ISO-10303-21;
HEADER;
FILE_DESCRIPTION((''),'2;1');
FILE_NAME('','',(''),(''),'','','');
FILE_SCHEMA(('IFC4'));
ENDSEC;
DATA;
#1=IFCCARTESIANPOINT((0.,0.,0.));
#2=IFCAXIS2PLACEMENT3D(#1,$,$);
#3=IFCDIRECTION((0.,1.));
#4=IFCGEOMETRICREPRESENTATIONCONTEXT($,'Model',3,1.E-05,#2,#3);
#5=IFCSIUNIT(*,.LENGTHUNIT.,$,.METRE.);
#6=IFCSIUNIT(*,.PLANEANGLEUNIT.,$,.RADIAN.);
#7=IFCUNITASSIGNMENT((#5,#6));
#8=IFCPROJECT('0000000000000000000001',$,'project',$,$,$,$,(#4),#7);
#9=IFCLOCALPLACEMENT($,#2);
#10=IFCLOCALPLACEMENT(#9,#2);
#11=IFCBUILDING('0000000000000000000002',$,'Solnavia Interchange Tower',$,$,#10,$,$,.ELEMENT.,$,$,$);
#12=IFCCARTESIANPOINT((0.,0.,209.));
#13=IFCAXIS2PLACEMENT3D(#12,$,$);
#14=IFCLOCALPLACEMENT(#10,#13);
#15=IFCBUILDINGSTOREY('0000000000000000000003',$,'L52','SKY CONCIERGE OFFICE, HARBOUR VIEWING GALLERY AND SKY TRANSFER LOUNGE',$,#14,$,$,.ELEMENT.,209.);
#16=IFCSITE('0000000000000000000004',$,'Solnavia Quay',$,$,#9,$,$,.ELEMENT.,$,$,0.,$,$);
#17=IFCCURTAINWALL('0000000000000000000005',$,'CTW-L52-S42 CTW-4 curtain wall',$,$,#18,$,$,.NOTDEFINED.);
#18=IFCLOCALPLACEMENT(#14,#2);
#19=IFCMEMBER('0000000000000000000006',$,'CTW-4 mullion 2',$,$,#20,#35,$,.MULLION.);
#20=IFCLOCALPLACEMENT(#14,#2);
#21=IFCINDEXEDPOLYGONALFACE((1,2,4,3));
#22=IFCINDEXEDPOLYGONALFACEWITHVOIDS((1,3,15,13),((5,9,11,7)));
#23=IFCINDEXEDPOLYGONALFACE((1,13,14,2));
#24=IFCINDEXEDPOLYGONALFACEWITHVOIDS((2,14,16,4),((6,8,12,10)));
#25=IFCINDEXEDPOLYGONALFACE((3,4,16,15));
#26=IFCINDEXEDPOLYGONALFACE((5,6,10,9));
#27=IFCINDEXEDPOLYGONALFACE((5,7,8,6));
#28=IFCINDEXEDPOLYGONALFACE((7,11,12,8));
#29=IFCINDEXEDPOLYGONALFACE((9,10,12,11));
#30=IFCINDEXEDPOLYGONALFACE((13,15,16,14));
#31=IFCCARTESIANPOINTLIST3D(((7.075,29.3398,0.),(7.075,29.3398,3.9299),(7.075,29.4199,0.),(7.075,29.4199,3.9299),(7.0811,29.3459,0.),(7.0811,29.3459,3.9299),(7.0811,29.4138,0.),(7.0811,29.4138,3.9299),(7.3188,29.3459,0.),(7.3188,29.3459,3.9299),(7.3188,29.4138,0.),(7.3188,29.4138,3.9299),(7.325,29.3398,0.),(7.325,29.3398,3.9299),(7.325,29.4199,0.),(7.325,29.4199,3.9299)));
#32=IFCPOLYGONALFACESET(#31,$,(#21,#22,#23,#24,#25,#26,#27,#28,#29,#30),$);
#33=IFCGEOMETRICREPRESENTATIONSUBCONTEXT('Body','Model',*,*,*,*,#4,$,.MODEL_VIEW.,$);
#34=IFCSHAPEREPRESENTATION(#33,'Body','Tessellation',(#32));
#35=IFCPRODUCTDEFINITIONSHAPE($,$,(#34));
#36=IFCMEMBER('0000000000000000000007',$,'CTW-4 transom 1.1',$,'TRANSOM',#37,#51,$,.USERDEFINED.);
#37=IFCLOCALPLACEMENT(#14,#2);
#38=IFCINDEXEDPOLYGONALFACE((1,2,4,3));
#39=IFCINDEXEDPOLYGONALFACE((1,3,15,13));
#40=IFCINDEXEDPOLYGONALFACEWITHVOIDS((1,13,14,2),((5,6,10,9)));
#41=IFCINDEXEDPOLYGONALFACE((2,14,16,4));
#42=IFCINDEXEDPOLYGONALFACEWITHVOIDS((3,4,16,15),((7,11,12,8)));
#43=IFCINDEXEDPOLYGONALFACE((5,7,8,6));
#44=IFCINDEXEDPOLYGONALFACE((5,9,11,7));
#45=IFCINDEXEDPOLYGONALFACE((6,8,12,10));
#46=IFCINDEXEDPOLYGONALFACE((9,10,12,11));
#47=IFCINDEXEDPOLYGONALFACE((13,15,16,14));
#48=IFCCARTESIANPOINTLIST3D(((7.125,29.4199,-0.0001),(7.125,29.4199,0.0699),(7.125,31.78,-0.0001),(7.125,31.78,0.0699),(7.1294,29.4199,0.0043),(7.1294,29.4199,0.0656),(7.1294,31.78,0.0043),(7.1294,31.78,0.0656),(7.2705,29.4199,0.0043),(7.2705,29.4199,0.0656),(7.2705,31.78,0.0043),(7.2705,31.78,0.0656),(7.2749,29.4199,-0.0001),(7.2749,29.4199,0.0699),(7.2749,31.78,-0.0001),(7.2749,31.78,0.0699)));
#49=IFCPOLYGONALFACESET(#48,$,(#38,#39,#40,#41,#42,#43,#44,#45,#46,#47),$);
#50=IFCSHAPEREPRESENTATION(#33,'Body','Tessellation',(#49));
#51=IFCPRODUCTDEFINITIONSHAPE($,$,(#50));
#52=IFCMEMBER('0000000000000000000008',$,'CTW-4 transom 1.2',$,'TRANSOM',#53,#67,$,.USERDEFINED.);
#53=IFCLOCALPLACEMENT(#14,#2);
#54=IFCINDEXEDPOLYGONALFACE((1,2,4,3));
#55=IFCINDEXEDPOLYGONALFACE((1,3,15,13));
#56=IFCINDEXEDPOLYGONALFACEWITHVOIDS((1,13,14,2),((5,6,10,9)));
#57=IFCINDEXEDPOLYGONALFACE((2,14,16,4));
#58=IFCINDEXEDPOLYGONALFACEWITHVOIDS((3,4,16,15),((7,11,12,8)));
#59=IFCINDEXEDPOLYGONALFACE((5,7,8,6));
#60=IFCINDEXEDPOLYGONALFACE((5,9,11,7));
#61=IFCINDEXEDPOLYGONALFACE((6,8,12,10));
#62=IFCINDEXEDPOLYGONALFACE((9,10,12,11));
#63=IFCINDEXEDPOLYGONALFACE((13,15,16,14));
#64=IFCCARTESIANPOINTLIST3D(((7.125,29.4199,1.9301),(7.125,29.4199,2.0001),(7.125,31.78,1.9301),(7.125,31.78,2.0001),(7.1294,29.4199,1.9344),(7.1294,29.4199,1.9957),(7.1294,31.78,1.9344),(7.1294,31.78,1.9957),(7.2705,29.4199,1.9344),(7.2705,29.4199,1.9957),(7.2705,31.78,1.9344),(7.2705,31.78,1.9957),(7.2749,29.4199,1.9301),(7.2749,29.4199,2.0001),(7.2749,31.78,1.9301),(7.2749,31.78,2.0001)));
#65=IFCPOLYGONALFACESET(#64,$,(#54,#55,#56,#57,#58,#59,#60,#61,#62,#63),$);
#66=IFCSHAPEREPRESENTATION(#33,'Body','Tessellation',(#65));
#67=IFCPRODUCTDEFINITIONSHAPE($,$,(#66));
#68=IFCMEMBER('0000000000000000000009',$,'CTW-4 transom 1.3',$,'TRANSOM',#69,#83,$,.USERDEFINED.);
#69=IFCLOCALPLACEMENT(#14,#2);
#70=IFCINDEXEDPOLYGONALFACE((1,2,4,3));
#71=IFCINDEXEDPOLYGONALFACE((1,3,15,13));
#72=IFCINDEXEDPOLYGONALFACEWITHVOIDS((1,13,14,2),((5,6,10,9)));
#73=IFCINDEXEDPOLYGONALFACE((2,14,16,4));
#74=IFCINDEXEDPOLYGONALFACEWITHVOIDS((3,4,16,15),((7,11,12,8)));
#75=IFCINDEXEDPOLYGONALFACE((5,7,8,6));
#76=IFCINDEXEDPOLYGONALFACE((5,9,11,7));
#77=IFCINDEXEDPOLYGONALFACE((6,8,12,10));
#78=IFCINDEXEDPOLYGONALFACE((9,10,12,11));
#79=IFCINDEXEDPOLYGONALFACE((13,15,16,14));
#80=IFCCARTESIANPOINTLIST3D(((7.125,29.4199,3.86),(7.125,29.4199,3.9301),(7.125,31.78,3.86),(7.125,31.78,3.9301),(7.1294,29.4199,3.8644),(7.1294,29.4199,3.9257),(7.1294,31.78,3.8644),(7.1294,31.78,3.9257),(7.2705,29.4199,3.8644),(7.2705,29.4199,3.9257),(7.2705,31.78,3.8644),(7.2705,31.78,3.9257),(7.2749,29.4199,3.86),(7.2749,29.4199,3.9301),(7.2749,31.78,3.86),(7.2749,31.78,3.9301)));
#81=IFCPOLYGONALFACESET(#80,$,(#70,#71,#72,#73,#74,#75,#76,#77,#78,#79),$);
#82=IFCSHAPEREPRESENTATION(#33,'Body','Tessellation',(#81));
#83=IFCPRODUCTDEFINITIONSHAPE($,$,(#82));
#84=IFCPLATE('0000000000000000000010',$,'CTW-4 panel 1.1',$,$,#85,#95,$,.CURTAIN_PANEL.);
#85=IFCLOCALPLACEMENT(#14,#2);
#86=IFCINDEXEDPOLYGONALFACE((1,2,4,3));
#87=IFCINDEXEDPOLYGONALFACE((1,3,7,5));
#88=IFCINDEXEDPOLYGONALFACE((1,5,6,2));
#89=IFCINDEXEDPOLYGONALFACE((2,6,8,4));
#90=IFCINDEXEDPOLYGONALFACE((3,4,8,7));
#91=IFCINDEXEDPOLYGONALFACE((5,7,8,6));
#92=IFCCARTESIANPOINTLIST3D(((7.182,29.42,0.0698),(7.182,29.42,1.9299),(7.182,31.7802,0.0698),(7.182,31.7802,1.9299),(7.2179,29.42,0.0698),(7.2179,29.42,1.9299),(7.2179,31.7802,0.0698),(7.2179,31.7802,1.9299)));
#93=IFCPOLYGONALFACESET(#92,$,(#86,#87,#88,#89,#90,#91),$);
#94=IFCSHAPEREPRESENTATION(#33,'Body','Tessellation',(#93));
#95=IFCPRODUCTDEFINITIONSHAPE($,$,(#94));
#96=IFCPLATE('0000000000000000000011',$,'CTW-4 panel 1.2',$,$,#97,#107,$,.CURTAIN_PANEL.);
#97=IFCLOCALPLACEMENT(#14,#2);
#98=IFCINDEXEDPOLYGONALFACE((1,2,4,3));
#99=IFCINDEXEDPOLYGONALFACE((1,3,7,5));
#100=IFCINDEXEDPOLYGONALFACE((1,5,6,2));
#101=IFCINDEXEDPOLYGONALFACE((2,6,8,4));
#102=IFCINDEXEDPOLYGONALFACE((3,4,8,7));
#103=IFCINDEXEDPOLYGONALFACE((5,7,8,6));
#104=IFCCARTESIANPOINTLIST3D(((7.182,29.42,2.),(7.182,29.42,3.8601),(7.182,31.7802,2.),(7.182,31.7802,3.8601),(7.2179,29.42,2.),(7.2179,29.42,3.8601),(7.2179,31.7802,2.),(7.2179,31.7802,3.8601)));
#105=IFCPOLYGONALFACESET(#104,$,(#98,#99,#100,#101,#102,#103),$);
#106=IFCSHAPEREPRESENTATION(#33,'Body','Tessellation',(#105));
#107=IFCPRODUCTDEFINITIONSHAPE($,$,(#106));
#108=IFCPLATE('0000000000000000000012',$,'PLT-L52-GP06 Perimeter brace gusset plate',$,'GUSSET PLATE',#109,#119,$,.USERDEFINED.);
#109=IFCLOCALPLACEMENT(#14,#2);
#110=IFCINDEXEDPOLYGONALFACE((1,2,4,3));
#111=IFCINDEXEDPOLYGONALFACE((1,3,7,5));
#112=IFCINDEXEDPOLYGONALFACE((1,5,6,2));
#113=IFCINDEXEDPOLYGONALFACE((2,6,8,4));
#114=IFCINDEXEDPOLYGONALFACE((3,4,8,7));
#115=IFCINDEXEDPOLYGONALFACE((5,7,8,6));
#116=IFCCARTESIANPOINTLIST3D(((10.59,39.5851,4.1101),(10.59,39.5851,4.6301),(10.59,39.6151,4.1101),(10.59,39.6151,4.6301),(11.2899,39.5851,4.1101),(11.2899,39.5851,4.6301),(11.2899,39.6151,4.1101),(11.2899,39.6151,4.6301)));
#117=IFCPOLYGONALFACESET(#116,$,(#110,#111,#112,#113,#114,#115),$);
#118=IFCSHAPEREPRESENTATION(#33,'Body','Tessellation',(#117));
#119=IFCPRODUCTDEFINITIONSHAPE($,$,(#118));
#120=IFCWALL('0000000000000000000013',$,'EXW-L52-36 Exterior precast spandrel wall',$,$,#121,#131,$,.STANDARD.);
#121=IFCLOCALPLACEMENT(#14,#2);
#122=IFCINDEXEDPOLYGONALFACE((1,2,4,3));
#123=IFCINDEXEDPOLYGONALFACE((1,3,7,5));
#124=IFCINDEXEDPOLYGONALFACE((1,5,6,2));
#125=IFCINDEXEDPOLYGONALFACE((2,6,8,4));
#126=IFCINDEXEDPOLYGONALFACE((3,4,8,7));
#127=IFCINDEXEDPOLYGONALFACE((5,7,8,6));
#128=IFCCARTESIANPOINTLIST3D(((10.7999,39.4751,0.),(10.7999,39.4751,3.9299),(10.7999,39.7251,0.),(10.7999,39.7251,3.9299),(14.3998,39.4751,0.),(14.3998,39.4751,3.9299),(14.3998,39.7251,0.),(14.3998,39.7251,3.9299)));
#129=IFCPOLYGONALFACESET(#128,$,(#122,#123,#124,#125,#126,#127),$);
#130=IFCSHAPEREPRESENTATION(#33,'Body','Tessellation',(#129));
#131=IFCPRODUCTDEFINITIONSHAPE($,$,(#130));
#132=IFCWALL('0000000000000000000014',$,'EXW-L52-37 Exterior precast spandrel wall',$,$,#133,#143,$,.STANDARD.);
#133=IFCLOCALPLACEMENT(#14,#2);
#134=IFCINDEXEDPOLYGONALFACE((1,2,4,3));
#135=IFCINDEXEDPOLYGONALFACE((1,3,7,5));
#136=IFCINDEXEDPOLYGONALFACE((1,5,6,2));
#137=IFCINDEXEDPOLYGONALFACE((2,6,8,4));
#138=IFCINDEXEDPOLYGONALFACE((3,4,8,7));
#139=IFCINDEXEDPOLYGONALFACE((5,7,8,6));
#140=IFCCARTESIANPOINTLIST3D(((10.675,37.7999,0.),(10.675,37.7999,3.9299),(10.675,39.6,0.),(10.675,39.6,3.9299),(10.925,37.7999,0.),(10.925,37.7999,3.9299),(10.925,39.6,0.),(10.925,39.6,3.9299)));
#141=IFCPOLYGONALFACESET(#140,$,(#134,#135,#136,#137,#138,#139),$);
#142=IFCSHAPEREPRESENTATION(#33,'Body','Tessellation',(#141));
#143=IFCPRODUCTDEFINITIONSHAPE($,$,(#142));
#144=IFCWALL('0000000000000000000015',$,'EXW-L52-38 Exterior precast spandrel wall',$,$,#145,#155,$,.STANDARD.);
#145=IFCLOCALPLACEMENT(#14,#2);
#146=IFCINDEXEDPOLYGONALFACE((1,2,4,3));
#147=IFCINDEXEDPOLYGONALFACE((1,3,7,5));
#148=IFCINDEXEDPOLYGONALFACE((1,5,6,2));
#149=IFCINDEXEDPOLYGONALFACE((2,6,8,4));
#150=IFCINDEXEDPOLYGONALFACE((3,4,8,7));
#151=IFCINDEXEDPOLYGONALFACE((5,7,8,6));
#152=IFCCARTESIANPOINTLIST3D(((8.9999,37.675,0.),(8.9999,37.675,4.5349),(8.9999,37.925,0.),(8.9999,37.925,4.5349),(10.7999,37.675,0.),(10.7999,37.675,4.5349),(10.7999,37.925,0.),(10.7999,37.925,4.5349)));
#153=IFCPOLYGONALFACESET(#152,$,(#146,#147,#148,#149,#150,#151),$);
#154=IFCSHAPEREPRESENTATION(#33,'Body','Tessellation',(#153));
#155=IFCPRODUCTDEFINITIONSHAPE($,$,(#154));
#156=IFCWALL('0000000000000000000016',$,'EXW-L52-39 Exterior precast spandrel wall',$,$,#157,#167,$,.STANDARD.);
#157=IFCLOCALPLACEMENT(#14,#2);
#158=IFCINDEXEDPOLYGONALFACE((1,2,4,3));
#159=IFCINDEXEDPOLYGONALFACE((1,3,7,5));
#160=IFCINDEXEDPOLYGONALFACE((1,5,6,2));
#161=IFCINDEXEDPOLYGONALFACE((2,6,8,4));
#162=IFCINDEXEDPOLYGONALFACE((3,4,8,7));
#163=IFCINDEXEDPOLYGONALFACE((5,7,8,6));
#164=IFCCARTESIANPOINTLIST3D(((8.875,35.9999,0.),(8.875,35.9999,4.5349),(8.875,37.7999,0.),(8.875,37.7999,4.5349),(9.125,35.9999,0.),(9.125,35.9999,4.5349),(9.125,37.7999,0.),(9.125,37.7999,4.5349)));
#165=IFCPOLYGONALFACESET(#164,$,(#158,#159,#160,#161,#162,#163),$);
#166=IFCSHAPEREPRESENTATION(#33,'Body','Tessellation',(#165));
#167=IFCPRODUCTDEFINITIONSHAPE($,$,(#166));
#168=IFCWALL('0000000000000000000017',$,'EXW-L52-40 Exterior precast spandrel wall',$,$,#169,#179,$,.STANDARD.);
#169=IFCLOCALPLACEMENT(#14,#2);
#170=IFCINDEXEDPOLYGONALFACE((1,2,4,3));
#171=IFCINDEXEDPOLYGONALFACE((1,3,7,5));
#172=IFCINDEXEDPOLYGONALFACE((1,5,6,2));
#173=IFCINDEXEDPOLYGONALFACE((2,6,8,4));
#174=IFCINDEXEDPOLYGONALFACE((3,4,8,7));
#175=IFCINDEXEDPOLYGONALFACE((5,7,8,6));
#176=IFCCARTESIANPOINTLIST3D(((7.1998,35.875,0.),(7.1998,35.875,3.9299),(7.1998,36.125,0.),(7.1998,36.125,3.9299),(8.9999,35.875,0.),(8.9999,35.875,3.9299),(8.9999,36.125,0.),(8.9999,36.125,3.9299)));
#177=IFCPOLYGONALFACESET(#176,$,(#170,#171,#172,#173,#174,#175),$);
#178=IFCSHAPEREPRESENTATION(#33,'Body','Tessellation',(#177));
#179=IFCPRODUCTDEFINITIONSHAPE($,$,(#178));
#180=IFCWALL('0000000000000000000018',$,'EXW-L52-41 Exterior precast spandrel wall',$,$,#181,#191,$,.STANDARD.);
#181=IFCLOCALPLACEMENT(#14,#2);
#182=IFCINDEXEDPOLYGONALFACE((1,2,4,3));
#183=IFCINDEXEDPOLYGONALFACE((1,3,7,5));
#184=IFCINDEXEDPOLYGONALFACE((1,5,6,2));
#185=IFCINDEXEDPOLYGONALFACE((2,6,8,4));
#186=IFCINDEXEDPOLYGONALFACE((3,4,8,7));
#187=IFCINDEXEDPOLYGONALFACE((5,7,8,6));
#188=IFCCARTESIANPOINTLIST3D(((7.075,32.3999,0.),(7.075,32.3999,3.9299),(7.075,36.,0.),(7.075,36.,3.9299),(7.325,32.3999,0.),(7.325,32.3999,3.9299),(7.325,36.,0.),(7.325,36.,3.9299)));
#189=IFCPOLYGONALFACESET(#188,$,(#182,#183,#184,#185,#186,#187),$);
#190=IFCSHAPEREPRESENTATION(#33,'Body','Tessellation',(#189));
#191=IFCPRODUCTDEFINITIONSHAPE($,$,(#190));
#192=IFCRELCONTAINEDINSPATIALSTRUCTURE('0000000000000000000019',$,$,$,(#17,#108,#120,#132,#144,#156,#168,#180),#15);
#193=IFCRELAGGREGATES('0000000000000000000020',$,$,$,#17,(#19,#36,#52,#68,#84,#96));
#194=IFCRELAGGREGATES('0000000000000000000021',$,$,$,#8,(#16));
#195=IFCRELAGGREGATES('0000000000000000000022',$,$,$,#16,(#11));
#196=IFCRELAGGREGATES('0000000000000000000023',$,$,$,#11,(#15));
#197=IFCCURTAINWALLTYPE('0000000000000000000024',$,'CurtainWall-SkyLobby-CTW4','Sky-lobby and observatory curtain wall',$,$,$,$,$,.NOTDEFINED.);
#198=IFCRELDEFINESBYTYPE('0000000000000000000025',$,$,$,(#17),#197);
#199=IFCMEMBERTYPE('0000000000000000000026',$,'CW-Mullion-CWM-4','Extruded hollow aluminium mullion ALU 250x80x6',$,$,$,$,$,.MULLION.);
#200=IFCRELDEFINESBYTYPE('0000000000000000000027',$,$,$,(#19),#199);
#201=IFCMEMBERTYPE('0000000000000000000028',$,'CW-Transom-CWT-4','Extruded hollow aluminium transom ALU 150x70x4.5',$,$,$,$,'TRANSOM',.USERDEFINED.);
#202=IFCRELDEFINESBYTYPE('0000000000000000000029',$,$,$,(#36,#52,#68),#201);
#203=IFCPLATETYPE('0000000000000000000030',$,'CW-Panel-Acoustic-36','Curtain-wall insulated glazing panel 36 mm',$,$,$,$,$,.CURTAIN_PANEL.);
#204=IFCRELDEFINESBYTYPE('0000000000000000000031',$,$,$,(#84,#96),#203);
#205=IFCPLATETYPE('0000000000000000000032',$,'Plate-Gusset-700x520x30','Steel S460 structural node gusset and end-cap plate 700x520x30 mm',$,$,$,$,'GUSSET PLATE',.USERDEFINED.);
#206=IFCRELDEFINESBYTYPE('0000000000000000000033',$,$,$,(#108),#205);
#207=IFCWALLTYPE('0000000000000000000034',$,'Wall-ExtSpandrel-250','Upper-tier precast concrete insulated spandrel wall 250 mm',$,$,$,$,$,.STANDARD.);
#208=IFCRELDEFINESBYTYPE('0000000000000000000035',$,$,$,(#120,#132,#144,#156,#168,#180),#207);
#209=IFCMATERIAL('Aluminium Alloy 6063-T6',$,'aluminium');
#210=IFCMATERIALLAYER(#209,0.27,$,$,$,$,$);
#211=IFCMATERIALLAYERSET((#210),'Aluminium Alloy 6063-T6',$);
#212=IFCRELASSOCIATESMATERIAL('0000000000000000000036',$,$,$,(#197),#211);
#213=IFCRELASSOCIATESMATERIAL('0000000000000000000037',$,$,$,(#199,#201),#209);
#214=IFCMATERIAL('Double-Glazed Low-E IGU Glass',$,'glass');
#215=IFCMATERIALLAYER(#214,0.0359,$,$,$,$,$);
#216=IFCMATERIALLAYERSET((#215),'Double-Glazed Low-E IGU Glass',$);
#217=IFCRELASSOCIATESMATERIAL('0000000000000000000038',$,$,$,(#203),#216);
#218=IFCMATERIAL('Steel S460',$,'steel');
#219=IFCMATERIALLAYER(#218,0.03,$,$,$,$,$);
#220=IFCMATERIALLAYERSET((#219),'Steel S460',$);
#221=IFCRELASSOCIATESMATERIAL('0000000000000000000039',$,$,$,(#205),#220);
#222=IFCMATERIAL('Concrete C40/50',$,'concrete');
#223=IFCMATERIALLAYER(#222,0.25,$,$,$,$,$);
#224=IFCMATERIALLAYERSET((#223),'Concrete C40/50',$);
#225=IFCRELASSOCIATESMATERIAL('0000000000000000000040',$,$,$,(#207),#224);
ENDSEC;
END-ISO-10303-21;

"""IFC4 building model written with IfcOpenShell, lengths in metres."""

from ifc_helpers import new_model, si_unit, direction, frame, frame_2d, origin, origin_2d, place, context, subcontext, project, spatial, rectangle, hollow_rectangle, extrude, material, layer, layer_set, material_profile, profile_set, type_object, element, aggregate, save


model = new_model("IFC4")

# Units and contexts
model_context = context("Model", 3, precision=1e-05, world=origin(), true_north=direction((0.0, 1.0)))
body_context = subcontext(model_context, "Body", "Model", "MODEL_VIEW")
ifc_project = project(units=[si_unit("LENGTHUNIT", "METRE"), si_unit("PLANEANGLEUNIT", "RADIAN")], contexts=[model_context])

# Site, building, storey
site_placement = place(None, origin())
site = spatial("IfcSite", under=ifc_project, at=site_placement, Name="Solnavia Quay", CompositionType="ELEMENT", RefElevation=0.0)
building_placement = place(site_placement, origin())
building = spatial("IfcBuilding", under=site, at=building_placement, Name="Solnavia Interchange Tower", CompositionType="ELEMENT")
storey_placement = place(building_placement, frame((0.0, 0.0, 209.0)))
storey = spatial("IfcBuildingStorey", under=building, at=storey_placement, Name="L52", Description="SKY CONCIERGE OFFICE, HARBOUR VIEWING GALLERY AND SKY TRANSFER LOUNGE", CompositionType="ELEMENT", Elevation=209.0)

# Shared definitions
ifc_material_1 = material(Name="Steel S460", Category="steel")

# Curtain wall, members, plates
ifc_material_2 = material(Name="Aluminium Alloy 6063-T6", Category="aluminium")
ifc_layer_1 = layer(ifc_material_2, 0.27)
ifc_layer_set_1 = layer_set([ifc_layer_1], Name="Aluminium Alloy 6063-T6")
curtain_wall_type = type_object("IfcCurtainWallType", Name="CurtainWall-SkyLobby-CTW4", Description="Sky-lobby and observatory curtain wall", PredefinedType="NOTDEFINED", material=ifc_layer_set_1)
curtain_wall_placement = place(storey_placement, origin())
curtain_wall = element("IfcCurtainWall", 1, at=curtain_wall_placement, inside=storey, type_object=curtain_wall_type, Name="CTW-L52-S42 CTW-4 curtain wall", PredefinedType="NOTDEFINED")
ifc_material_profile_1 = material_profile(ifc_material_2, hollow_rectangle(XDim=0.0801, YDim=0.25, WallThickness=0.0061, at=origin_2d()), Name="ALU 250x80x6")
ifc_profile_set_1 = profile_set([ifc_material_profile_1], Name="Aluminium Alloy 6063-T6")
member_type_1 = type_object("IfcMemberType", Name="CW-Mullion-CWM-4", Description="Extruded hollow aluminium mullion ALU 250x80x6", PredefinedType="MULLION", material=ifc_profile_set_1)
member_1_placement = place(storey_placement, frame((7.2, 29.3799, 0.0), z_axis=(0.0, 0.0, 1.0), x_axis=(0.0, -1.0, 0.0)))
member_1 = element("IfcMember", 2, at=member_1_placement, type_object=member_type_1, Name="CTW-4 mullion 2", PredefinedType="MULLION", context=body_context, shape_type="SweptSolid", body=[
    extrude(hollow_rectangle(XDim=0.0801, YDim=0.25, WallThickness=0.0061, at=origin_2d()), origin(), (0.0, 0.0, 1.0), 3.9299),
])
ifc_material_profile_2 = material_profile(ifc_material_2, hollow_rectangle(XDim=0.0701, YDim=0.1499, WallThickness=0.0044, at=origin_2d()), Name="ALU 150x70x4.5")
ifc_profile_set_2 = profile_set([ifc_material_profile_2], Name="Aluminium Alloy 6063-T6")
member_type_2 = type_object("IfcMemberType", Name="CW-Transom-CWT-4", Description="Extruded hollow aluminium transom ALU 150x70x4.5", ElementType="TRANSOM", PredefinedType="USERDEFINED", material=ifc_profile_set_2)
member_2_placement = place(storey_placement, frame((7.2, 31.78, 0.0349), z_axis=(0.0, -1.0, 0.0), x_axis=(0.0, 0.0, 1.0)))
member_2 = element("IfcMember", 3, at=member_2_placement, type_object=member_type_2, Name="CTW-4 transom 1.1", ObjectType="TRANSOM", PredefinedType="USERDEFINED", context=body_context, shape_type="SweptSolid", body=[
    extrude(hollow_rectangle(XDim=0.0701, YDim=0.1499, WallThickness=0.0044, at=origin_2d()), origin(), (0.0, 0.0, 1.0), 2.3601),
])
member_3_placement = place(storey_placement, frame((7.2, 31.78, 1.9651), z_axis=(0.0, -1.0, 0.0), x_axis=(0.0, 0.0, 1.0)))
member_3 = element("IfcMember", 4, at=member_3_placement, type_object=member_type_2, Name="CTW-4 transom 1.2", ObjectType="TRANSOM", PredefinedType="USERDEFINED", context=body_context, shape_type="SweptSolid", body=[
    extrude(hollow_rectangle(XDim=0.0701, YDim=0.1499, WallThickness=0.0044, at=origin_2d()), origin(), (0.0, 0.0, 1.0), 2.3601),
])
member_4_placement = place(storey_placement, frame((7.2, 31.78, 3.895), z_axis=(0.0, -1.0, 0.0), x_axis=(0.0, 0.0, 1.0)))
member_4 = element("IfcMember", 5, at=member_4_placement, type_object=member_type_2, Name="CTW-4 transom 1.3", ObjectType="TRANSOM", PredefinedType="USERDEFINED", context=body_context, shape_type="SweptSolid", body=[
    extrude(hollow_rectangle(XDim=0.0701, YDim=0.1499, WallThickness=0.0044, at=origin_2d()), origin(), (0.0, 0.0, 1.0), 2.3601),
])
ifc_material_3 = material(Name="Double-Glazed Low-E IGU Glass", Category="glass")
ifc_layer_2 = layer(ifc_material_3, 0.0359)
ifc_layer_set_2 = layer_set([ifc_layer_2], Name="Double-Glazed Low-E IGU Glass")
plate_type_1 = type_object("IfcPlateType", Name="CW-Panel-Acoustic-36", Description="Curtain-wall insulated glazing panel 36 mm", PredefinedType="CURTAIN_PANEL", material=ifc_layer_set_2)
plate_1_placement = place(storey_placement, frame((7.2, 30.6001, 0.0698), z_axis=(0.0, 0.0, 1.0), x_axis=(0.0, -1.0, 0.0)))
plate_1 = element("IfcPlate", 6, at=plate_1_placement, type_object=plate_type_1, Name="CTW-4 panel 1.1", PredefinedType="CURTAIN_PANEL", context=body_context, shape_type="SweptSolid", body=[
    extrude(rectangle(XDim=2.3601, YDim=0.0359, at=origin_2d()), origin(), (0.0, 0.0, 1.0), 1.8601),
])
plate_2_placement = place(storey_placement, frame((7.2, 30.6001, 2.0), z_axis=(0.0, 0.0, 1.0), x_axis=(0.0, -1.0, 0.0)))
plate_2 = element("IfcPlate", 7, at=plate_2_placement, type_object=plate_type_1, Name="CTW-4 panel 1.2", PredefinedType="CURTAIN_PANEL", context=body_context, shape_type="SweptSolid", body=[
    extrude(rectangle(XDim=2.3601, YDim=0.0359, at=origin_2d()), origin(), (0.0, 0.0, 1.0), 1.8601),
])
aggregate(curtain_wall, [member_1, member_2, member_3, member_4, plate_1, plate_2])

# Plate
ifc_layer_3 = layer(ifc_material_1, 0.03)
ifc_layer_set_3 = layer_set([ifc_layer_3], Name="Steel S460")
plate_type_2 = type_object("IfcPlateType", Name="Plate-Gusset-700x520x30", Description="Steel S460 structural node gusset and end-cap plate 700x520x30 mm", ElementType="GUSSET PLATE", PredefinedType="USERDEFINED", material=ifc_layer_set_3)
plate_3_placement = place(storey_placement, frame((10.9399, 39.6001, 4.1101), z_axis=(0.0, 0.0, 1.0), x_axis=(-1.0, 0.0, 0.0)))
element("IfcPlate", 8, at=plate_3_placement, inside=storey, type_object=plate_type_2, Name="PLT-L52-GP06 Perimeter brace gusset plate", ObjectType="GUSSET PLATE", PredefinedType="USERDEFINED", context=body_context, shape_type="SweptSolid", body=[
    extrude(rectangle(XDim=0.7, YDim=0.03, at=origin_2d()), origin(), (0.0, 0.0, 1.0), 0.52),
])

# Walls
ifc_material_4 = material(Name="Concrete C40/50", Category="concrete")
ifc_layer_4 = layer(ifc_material_4, 0.25)
ifc_layer_set_4 = layer_set([ifc_layer_4], Name="Concrete C40/50")
wall_type_1 = type_object("IfcWallType", Name="Wall-ExtSpandrel-250", Description="Upper-tier precast concrete insulated spandrel wall 250 mm", PredefinedType="STANDARD", material=ifc_layer_set_4)
wall_1_placement = place(storey_placement, frame((10.8, 39.6001, 0.0), z_axis=(0.0, 0.0, 1.0), x_axis=(1.0, 0.0, 0.0)))
element("IfcWall", 9, at=wall_1_placement, inside=storey, type_object=wall_type_1, Name="EXW-L52-36 Exterior precast spandrel wall", PredefinedType="STANDARD", context=body_context, shape_type="SweptSolid", body=[
    extrude(rectangle(XDim=3.5999, YDim=0.25, at=frame_2d((1.7998, 0.0))), origin(), (0.0, 0.0, 1.0), 3.9299),
])
wall_2_placement = place(storey_placement, frame((10.8, 37.8, 0.0), z_axis=(0.0, 0.0, 1.0), x_axis=(0.0, 1.0, 0.0)))
element("IfcWall", 10, at=wall_2_placement, inside=storey, type_object=wall_type_1, Name="EXW-L52-37 Exterior precast spandrel wall", PredefinedType="STANDARD", context=body_context, shape_type="SweptSolid", body=[
    extrude(rectangle(XDim=1.8, YDim=0.25, at=frame_2d((0.8999, 0.0))), origin(), (0.0, 0.0, 1.0), 3.9299),
])
for number, where, z_axis, x_axis, name in (
    (11, (9.0, 37.8, 0.0), (0.0, 0.0, 1.0), (1.0, 0.0, 0.0), "EXW-L52-38 Exterior precast spandrel wall"),
    (12, (9.0, 36.0, 0.0), (0.0, 0.0, 1.0), (0.0, 1.0, 0.0), "EXW-L52-39 Exterior precast spandrel wall"),
):
    element("IfcWall", number, at=place(storey_placement, frame(where, z_axis=z_axis, x_axis=x_axis)), inside=storey, type_object=wall_type_1, Name=name, PredefinedType="STANDARD", context=body_context, shape_type="SweptSolid", body=[
        extrude(rectangle(XDim=1.8, YDim=0.25, at=frame_2d((0.8999, 0.0))), origin(), (0.0, 0.0, 1.0), 4.5349),
    ])
wall_3_placement = place(storey_placement, frame((7.2, 36.0, 0.0), z_axis=(0.0, 0.0, 1.0), x_axis=(1.0, 0.0, 0.0)))
element("IfcWall", 13, at=wall_3_placement, inside=storey, type_object=wall_type_1, Name="EXW-L52-40 Exterior precast spandrel wall", PredefinedType="STANDARD", context=body_context, shape_type="SweptSolid", body=[
    extrude(rectangle(XDim=1.8, YDim=0.25, at=frame_2d((0.8999, 0.0))), origin(), (0.0, 0.0, 1.0), 3.9299),
])
wall_4_placement = place(storey_placement, frame((7.2, 32.3999, 0.0), z_axis=(0.0, 0.0, 1.0), x_axis=(0.0, 1.0, 0.0)))
element("IfcWall", 14, at=wall_4_placement, inside=storey, type_object=wall_type_1, Name="EXW-L52-41 Exterior precast spandrel wall", PredefinedType="STANDARD", context=body_context, shape_type="SweptSolid", body=[
    extrude(rectangle(XDim=3.6001, YDim=0.25, at=frame_2d((1.8, 0.0))), origin(), (0.0, 0.0, 1.0), 3.9299),
])

save(model, "model.ifc")
